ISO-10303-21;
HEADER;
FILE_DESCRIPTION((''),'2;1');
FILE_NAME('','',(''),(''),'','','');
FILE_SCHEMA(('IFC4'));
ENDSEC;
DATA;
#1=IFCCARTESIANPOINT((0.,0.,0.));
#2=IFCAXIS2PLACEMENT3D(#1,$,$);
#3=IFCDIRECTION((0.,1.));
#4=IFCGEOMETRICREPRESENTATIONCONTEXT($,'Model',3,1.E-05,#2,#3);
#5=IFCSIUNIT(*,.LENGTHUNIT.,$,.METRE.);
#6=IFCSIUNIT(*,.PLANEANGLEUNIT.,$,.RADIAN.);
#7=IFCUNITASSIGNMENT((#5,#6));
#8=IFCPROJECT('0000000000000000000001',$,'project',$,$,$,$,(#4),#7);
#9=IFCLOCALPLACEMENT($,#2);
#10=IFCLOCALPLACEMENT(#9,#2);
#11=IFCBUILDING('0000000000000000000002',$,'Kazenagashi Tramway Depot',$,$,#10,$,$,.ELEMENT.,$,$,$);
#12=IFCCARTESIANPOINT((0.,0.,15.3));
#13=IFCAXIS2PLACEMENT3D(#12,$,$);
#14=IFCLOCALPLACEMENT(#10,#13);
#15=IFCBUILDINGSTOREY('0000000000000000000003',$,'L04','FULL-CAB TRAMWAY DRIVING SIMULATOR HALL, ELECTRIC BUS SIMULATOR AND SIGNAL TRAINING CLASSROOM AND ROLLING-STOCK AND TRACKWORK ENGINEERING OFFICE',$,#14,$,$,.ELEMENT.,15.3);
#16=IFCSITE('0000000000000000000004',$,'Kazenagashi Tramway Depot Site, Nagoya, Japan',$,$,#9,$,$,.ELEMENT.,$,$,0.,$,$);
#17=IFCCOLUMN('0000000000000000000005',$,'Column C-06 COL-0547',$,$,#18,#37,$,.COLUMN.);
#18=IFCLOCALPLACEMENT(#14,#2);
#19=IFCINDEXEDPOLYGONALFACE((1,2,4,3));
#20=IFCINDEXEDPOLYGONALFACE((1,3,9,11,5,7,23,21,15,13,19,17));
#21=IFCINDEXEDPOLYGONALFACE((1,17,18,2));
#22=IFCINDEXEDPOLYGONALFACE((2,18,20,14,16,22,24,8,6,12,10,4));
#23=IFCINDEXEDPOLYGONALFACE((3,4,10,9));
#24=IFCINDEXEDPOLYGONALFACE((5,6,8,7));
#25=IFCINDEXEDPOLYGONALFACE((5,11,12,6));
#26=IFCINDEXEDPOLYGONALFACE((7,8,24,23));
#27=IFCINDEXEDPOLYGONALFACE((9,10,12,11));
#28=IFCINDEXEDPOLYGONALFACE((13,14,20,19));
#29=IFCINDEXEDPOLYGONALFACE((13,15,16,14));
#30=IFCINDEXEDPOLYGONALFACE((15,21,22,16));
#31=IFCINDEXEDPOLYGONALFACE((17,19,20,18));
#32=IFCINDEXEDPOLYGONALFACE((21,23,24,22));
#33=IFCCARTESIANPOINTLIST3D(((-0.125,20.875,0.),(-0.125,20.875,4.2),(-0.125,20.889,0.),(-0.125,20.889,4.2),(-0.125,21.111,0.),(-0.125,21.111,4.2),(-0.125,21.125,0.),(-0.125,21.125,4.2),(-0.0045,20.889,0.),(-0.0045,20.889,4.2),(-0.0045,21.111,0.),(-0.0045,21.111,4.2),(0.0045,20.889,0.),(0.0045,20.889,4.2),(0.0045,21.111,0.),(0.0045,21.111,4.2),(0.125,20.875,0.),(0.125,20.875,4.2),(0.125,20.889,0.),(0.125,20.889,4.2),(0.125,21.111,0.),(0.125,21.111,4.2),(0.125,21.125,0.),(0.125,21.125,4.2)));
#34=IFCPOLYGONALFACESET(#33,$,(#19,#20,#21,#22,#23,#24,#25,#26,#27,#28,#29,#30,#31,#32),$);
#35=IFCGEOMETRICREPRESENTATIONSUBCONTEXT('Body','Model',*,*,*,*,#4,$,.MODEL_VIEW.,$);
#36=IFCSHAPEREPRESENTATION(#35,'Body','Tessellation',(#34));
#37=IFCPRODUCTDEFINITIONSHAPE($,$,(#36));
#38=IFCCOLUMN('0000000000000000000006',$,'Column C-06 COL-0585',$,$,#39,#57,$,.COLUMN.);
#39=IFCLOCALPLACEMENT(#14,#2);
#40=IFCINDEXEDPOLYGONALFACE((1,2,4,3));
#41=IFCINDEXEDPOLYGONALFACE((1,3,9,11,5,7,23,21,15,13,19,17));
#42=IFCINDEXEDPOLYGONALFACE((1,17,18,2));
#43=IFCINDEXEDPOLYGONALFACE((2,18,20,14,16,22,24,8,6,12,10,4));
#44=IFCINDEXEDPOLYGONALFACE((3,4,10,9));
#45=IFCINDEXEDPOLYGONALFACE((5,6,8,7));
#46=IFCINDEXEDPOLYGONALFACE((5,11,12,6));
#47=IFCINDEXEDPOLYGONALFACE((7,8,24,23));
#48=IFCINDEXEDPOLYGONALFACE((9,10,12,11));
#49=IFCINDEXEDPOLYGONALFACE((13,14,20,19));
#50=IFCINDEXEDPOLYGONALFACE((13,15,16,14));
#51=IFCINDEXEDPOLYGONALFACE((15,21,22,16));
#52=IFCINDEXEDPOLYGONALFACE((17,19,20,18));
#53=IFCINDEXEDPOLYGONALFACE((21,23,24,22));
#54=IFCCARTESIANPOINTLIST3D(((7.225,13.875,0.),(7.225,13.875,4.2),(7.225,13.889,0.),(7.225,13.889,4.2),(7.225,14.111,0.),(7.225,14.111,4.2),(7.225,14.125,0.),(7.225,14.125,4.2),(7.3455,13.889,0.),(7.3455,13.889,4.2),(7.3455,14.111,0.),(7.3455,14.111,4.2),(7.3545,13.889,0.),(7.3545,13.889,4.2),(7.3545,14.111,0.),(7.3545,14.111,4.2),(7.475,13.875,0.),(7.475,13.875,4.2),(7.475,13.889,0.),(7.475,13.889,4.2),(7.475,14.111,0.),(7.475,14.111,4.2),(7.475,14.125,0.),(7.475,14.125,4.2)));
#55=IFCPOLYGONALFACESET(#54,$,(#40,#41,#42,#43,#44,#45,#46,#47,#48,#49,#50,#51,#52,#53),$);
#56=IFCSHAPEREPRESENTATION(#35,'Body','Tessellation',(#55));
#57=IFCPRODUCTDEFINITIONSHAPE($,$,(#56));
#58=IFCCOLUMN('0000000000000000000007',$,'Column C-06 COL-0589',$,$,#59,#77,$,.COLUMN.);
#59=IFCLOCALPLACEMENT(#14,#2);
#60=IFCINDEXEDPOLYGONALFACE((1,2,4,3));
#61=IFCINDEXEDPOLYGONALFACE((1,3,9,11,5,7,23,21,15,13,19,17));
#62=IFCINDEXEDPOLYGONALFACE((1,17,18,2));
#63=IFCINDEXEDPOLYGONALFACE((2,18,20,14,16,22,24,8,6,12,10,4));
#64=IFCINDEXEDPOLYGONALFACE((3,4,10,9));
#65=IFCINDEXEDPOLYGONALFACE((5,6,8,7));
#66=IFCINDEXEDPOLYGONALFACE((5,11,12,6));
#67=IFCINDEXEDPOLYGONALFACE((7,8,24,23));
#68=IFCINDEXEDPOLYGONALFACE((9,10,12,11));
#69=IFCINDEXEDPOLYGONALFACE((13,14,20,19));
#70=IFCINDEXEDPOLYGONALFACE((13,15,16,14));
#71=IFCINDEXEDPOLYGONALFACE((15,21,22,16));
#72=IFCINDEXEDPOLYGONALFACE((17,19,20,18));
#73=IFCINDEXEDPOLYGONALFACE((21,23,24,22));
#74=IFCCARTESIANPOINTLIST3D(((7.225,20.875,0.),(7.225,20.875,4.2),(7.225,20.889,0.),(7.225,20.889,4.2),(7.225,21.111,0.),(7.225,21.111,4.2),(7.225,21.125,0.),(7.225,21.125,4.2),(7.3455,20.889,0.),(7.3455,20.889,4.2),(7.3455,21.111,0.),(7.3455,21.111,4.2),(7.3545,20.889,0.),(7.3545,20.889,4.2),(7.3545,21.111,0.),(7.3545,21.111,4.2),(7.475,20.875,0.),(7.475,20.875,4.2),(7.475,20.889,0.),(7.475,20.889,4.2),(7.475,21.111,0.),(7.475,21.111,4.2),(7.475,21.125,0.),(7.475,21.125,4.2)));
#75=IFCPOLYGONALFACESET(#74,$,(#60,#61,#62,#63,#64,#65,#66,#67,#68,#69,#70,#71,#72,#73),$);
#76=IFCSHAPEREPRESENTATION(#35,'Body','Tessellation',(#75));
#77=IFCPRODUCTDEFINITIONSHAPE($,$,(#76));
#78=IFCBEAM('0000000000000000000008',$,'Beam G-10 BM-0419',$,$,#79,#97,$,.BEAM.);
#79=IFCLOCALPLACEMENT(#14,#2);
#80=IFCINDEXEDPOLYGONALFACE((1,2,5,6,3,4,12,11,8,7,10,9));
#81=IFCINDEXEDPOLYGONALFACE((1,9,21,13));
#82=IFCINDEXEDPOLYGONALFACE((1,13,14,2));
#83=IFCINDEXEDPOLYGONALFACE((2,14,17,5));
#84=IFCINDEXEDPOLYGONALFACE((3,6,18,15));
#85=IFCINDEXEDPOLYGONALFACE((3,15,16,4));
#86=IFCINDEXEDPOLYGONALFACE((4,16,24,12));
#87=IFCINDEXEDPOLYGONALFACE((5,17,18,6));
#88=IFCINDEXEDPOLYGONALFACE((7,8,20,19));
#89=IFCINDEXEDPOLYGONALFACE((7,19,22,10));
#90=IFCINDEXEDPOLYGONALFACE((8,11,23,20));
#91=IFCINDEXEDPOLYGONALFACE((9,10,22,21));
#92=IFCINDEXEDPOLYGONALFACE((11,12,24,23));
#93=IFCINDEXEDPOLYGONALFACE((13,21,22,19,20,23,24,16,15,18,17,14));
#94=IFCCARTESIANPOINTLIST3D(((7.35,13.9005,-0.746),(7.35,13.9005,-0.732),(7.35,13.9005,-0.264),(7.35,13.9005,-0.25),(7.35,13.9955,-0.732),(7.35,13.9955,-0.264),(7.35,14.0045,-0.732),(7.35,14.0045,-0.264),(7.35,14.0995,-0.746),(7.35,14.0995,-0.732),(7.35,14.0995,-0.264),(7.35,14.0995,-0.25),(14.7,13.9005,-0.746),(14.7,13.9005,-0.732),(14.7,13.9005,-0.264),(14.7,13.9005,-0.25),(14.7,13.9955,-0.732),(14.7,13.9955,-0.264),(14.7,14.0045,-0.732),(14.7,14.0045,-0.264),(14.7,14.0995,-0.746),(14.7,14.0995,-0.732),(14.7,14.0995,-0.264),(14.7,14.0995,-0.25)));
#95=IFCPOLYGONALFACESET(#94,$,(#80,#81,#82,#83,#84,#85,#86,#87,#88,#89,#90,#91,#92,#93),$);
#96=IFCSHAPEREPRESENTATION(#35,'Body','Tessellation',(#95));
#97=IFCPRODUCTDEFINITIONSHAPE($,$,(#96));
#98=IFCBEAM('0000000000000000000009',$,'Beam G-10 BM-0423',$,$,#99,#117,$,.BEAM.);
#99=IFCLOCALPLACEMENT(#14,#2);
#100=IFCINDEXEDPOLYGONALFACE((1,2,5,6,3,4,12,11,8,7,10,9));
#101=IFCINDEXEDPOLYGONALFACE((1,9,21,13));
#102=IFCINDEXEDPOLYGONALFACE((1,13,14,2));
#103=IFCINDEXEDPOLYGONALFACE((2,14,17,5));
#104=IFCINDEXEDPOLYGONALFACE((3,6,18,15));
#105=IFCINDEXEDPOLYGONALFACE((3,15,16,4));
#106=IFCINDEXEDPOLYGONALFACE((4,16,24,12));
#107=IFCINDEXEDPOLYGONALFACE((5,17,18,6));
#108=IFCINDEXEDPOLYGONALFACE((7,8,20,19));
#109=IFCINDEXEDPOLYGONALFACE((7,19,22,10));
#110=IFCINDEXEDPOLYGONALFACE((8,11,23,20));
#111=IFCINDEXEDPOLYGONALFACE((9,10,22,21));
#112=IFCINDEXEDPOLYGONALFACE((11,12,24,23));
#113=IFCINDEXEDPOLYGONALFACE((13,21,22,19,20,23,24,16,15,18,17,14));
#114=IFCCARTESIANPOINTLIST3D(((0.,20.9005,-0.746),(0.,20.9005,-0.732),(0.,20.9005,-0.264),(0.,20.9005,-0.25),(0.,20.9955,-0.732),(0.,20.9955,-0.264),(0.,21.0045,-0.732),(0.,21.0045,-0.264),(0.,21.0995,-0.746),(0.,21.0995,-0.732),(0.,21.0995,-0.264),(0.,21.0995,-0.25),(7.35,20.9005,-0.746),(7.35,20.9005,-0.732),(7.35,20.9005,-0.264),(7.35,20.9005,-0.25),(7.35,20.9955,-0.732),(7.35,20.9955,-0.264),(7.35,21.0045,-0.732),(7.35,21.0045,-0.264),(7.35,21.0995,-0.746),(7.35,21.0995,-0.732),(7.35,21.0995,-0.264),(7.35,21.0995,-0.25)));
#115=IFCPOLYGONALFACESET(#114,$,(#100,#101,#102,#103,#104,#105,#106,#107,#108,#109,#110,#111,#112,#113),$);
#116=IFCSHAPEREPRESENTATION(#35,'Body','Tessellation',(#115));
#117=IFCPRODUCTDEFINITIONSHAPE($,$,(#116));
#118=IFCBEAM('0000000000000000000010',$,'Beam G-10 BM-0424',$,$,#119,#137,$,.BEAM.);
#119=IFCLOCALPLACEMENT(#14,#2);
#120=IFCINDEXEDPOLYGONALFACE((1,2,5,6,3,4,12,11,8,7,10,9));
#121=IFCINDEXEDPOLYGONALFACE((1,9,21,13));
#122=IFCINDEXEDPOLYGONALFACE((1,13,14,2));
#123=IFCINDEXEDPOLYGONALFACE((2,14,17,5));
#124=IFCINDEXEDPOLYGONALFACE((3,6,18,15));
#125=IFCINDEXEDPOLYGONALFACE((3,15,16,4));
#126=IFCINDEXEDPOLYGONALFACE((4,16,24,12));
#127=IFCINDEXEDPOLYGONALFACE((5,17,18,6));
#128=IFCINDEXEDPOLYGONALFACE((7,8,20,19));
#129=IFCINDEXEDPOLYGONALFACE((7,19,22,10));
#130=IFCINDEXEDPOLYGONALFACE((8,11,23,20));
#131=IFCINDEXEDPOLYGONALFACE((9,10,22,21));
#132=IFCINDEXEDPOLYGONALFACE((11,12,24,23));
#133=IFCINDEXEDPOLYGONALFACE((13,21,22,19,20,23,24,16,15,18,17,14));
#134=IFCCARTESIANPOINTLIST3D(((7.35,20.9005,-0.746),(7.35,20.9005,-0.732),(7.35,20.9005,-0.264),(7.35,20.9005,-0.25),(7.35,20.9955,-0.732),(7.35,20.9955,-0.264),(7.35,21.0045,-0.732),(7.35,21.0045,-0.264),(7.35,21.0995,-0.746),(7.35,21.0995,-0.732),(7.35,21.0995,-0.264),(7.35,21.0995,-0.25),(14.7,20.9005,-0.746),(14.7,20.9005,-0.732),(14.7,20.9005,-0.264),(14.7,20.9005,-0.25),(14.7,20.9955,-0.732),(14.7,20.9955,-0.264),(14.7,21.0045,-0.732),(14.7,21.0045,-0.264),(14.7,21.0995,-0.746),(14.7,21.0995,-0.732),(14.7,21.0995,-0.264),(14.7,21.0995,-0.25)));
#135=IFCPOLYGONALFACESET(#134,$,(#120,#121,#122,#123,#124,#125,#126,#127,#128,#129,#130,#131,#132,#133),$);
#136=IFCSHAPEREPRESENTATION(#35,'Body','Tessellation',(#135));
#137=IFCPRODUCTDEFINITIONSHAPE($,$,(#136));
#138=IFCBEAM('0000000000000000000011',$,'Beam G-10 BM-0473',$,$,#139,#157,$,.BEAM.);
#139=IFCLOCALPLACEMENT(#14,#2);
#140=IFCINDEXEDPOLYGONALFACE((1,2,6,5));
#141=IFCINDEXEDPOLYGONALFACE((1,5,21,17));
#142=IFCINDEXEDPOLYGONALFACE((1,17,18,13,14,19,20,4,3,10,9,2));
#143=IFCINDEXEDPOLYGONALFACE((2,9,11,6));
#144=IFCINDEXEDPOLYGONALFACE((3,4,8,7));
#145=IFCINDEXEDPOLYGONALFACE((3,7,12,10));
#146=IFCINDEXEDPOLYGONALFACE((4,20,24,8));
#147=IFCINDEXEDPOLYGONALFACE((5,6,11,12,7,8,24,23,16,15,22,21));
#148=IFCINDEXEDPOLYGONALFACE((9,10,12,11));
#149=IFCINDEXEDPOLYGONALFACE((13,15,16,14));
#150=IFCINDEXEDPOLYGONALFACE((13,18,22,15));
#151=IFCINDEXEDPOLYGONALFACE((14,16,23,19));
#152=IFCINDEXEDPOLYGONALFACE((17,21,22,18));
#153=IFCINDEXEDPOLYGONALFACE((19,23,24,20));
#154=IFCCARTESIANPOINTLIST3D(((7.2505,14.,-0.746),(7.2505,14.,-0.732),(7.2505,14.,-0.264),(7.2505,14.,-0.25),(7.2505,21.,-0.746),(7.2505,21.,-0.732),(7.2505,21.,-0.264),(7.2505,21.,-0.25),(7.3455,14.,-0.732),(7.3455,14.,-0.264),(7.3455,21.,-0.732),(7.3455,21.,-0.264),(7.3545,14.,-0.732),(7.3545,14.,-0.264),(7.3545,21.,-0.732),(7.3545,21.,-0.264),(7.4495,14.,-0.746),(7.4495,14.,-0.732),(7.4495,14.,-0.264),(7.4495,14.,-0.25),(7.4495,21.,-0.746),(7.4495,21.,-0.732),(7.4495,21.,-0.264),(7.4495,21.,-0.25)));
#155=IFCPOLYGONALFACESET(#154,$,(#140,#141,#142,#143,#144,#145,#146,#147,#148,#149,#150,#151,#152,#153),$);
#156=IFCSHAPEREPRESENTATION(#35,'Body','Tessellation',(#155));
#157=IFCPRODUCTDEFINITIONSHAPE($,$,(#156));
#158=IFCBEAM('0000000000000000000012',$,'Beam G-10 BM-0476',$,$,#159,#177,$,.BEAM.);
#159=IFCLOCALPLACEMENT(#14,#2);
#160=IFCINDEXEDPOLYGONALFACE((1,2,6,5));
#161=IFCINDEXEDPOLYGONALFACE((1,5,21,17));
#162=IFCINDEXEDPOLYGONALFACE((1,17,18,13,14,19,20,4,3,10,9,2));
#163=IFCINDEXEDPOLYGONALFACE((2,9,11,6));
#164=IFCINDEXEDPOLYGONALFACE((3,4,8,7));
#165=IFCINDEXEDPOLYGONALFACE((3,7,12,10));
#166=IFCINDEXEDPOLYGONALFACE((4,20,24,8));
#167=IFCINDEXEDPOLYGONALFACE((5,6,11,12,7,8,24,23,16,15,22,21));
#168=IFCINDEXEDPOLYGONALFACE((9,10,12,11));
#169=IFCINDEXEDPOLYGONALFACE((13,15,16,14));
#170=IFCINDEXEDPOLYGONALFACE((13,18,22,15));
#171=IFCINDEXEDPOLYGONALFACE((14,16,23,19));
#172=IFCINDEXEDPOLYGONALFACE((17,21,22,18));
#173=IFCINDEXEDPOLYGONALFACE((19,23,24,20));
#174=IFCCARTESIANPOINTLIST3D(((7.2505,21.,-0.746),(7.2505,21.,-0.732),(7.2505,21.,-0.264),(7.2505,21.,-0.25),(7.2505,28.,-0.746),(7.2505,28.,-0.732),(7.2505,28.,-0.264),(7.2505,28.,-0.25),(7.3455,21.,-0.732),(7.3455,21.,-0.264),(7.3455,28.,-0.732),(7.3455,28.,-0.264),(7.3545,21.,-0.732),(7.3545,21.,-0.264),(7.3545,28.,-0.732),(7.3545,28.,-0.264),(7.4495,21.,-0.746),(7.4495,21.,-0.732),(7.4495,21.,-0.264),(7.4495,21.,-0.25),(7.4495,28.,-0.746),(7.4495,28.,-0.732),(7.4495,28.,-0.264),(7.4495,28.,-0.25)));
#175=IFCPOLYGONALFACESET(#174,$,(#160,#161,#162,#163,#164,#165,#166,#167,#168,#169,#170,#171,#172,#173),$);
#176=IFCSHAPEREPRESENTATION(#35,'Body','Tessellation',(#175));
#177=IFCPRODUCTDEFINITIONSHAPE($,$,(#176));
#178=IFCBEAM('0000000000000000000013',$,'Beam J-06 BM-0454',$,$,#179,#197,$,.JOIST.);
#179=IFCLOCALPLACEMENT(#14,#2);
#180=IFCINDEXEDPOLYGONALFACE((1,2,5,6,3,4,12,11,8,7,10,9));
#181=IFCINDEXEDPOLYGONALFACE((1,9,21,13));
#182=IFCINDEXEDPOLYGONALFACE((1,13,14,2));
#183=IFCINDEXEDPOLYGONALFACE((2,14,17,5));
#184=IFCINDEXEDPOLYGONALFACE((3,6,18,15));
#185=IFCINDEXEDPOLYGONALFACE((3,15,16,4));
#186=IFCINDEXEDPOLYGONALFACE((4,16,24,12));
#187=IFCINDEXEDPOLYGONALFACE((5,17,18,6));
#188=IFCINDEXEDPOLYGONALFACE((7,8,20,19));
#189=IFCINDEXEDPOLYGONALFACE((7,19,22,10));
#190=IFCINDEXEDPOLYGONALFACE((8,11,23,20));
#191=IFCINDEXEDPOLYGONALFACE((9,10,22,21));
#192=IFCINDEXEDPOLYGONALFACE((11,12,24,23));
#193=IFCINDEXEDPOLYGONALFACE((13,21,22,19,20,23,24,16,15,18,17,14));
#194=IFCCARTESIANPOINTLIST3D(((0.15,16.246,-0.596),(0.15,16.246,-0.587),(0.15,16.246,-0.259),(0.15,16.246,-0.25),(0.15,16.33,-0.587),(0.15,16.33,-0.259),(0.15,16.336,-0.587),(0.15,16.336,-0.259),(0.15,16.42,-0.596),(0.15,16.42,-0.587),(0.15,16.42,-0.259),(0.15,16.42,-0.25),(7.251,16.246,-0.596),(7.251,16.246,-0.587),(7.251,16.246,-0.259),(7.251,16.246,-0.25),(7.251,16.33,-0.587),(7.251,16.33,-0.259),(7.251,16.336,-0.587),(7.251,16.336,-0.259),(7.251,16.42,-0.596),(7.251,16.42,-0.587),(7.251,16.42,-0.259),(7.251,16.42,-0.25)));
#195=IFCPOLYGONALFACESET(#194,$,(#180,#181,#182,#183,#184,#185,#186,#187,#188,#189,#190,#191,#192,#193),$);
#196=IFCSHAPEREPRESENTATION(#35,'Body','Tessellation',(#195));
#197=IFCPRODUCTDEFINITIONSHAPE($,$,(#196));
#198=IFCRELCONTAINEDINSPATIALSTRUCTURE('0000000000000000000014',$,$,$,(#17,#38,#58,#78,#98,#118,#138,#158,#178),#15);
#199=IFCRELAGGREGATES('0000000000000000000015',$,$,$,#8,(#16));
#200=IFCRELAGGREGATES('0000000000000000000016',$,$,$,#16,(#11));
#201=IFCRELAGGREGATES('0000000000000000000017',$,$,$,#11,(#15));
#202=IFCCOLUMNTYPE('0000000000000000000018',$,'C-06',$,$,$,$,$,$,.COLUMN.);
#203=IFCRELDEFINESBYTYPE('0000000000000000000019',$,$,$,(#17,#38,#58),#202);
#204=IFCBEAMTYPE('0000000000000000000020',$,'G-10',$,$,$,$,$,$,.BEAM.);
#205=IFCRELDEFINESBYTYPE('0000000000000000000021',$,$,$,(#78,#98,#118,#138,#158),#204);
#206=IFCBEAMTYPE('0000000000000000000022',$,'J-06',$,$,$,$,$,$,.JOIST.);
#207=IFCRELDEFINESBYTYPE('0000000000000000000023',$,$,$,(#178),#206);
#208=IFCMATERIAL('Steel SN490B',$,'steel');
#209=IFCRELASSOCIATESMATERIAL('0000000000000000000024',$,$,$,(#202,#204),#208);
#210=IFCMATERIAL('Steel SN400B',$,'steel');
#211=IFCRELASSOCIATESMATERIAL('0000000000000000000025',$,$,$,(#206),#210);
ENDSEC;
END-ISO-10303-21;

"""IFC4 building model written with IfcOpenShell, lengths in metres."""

from ifc_helpers import new_model, si_unit, direction, frame, origin, origin_2d, place, context, subcontext, project, spatial, i_section, extrude, material, material_profile, profile_set, type_object, element, save


model = new_model("IFC4")

# Units and contexts
model_context = context("Model", 3, precision=1e-05, world=origin(), true_north=direction((0.0, 1.0)))
body_context = subcontext(model_context, "Body", "Model", "MODEL_VIEW")
ifc_project = project(units=[si_unit("LENGTHUNIT", "METRE"), si_unit("PLANEANGLEUNIT", "RADIAN")], contexts=[model_context])

# Site, building, storey
site_placement = place(None, origin())
site = spatial("IfcSite", under=ifc_project, at=site_placement, Name="Kazenagashi Tramway Depot Site, Nagoya, Japan", CompositionType="ELEMENT", RefElevation=0.0)
building_placement = place(site_placement, origin())
building = spatial("IfcBuilding", under=site, at=building_placement, Name="Kazenagashi Tramway Depot", CompositionType="ELEMENT")
storey_placement = place(building_placement, frame((0.0, 0.0, 15.3)))
storey = spatial("IfcBuildingStorey", under=building, at=storey_placement, Name="L04", Description="FULL-CAB TRAMWAY DRIVING SIMULATOR HALL, ELECTRIC BUS SIMULATOR AND SIGNAL TRAINING CLASSROOM AND ROLLING-STOCK AND TRACKWORK ENGINEERING OFFICE", CompositionType="ELEMENT", Elevation=15.3)

# Columns
ifc_material_1 = material(Name="Steel SN490B", Category="steel")
ifc_material_profile_1 = material_profile(ifc_material_1, i_section(OverallWidth=0.25, OverallDepth=0.25, WebThickness=0.009, FlangeThickness=0.014, at=origin_2d()), Name="H-250x250x9x14")
ifc_profile_set_1 = profile_set([ifc_material_profile_1], Name="Steel SN490B")
column_type = type_object("IfcColumnType", Name="C-06", PredefinedType="COLUMN", material=ifc_profile_set_1)
for number, where, z_axis, x_axis, name in (
    (1, (0.0, 21.0, 0.0), (0.0, 0.0, 1.0), (1.0, 0.0, 0.0), "Column C-06 COL-0547"),
    (2, (7.35, 14.0, 0.0), (0.0, 0.0, 1.0), (1.0, 0.0, 0.0), "Column C-06 COL-0585"),
    (3, (7.35, 21.0, 0.0), (0.0, 0.0, 1.0), (1.0, 0.0, 0.0), "Column C-06 COL-0589"),
):
    element("IfcColumn", number, at=place(storey_placement, frame(where, z_axis=z_axis, x_axis=x_axis)), inside=storey, type_object=column_type, Name=name, PredefinedType="COLUMN", context=body_context, shape_type="SweptSolid", body=[
        extrude(i_section(OverallWidth=0.25, OverallDepth=0.25, WebThickness=0.009, FlangeThickness=0.014, at=origin_2d()), origin(), (0.0, 0.0, 1.0), 4.2),
    ])

# Beams
ifc_material_profile_2 = material_profile(ifc_material_1, i_section(OverallWidth=0.199, OverallDepth=0.496, WebThickness=0.009, FlangeThickness=0.014, at=origin_2d()), Name="H-496x199x9x14")
ifc_profile_set_2 = profile_set([ifc_material_profile_2], Name="Steel SN490B")
beam_type_1 = type_object("IfcBeamType", Name="G-10", PredefinedType="BEAM", material=ifc_profile_set_2)
for number, where, z_axis, x_axis, name in (
    (4, (7.35, 14.0, -0.498), (1.0, 0.0, 0.0), (0.0, 1.0, 0.0), "Beam G-10 BM-0419"),
    (5, (0.0, 21.0, -0.498), (1.0, 0.0, 0.0), (0.0, 1.0, 0.0), "Beam G-10 BM-0423"),
    (6, (7.35, 21.0, -0.498), (1.0, 0.0, 0.0), (0.0, 1.0, 0.0), "Beam G-10 BM-0424"),
):
    element("IfcBeam", number, at=place(storey_placement, frame(where, z_axis=z_axis, x_axis=x_axis)), inside=storey, type_object=beam_type_1, Name=name, PredefinedType="BEAM", context=body_context, shape_type="SweptSolid", body=[
        extrude(i_section(OverallWidth=0.199, OverallDepth=0.496, WebThickness=0.009, FlangeThickness=0.014, at=origin_2d()), origin(), (0.0, 0.0, 1.0), 7.35),
    ])
for number, where, z_axis, x_axis, name in (
    (7, (7.35, 14.0, -0.498), (0.0, 1.0, 0.0), (-1.0, 0.0, 0.0), "Beam G-10 BM-0473"),
    (8, (7.35, 21.0, -0.498), (0.0, 1.0, 0.0), (-1.0, 0.0, 0.0), "Beam G-10 BM-0476"),
):
    element("IfcBeam", number, at=place(storey_placement, frame(where, z_axis=z_axis, x_axis=x_axis)), inside=storey, type_object=beam_type_1, Name=name, PredefinedType="BEAM", context=body_context, shape_type="SweptSolid", body=[
        extrude(i_section(OverallWidth=0.199, OverallDepth=0.496, WebThickness=0.009, FlangeThickness=0.014, at=origin_2d()), origin(), (0.0, 0.0, 1.0), 7.0),
    ])
ifc_material_2 = material(Name="Steel SN400B", Category="steel")
ifc_material_profile_3 = material_profile(ifc_material_2, i_section(OverallWidth=0.174, OverallDepth=0.346, WebThickness=0.006, FlangeThickness=0.009, at=origin_2d()), Name="H-346x174x6x9")
ifc_profile_set_3 = profile_set([ifc_material_profile_3], Name="Steel SN400B")
beam_type_2 = type_object("IfcBeamType", Name="J-06", PredefinedType="JOIST", material=ifc_profile_set_3)
for number, where, z_axis, x_axis, name in (
    (9, (0.15, 16.333, -0.423), (1.0, 0.0, 0.0), (0.0, 1.0, 0.0), "Beam J-06 BM-0454"),
):
    element("IfcBeam", number, at=place(storey_placement, frame(where, z_axis=z_axis, x_axis=x_axis)), inside=storey, type_object=beam_type_2, Name=name, PredefinedType="JOIST", context=body_context, shape_type="SweptSolid", body=[
        extrude(i_section(OverallWidth=0.174, OverallDepth=0.346, WebThickness=0.006, FlangeThickness=0.009, at=origin_2d()), origin(), (0.0, 0.0, 1.0), 7.101),
    ])

save(model, "model.ifc")
